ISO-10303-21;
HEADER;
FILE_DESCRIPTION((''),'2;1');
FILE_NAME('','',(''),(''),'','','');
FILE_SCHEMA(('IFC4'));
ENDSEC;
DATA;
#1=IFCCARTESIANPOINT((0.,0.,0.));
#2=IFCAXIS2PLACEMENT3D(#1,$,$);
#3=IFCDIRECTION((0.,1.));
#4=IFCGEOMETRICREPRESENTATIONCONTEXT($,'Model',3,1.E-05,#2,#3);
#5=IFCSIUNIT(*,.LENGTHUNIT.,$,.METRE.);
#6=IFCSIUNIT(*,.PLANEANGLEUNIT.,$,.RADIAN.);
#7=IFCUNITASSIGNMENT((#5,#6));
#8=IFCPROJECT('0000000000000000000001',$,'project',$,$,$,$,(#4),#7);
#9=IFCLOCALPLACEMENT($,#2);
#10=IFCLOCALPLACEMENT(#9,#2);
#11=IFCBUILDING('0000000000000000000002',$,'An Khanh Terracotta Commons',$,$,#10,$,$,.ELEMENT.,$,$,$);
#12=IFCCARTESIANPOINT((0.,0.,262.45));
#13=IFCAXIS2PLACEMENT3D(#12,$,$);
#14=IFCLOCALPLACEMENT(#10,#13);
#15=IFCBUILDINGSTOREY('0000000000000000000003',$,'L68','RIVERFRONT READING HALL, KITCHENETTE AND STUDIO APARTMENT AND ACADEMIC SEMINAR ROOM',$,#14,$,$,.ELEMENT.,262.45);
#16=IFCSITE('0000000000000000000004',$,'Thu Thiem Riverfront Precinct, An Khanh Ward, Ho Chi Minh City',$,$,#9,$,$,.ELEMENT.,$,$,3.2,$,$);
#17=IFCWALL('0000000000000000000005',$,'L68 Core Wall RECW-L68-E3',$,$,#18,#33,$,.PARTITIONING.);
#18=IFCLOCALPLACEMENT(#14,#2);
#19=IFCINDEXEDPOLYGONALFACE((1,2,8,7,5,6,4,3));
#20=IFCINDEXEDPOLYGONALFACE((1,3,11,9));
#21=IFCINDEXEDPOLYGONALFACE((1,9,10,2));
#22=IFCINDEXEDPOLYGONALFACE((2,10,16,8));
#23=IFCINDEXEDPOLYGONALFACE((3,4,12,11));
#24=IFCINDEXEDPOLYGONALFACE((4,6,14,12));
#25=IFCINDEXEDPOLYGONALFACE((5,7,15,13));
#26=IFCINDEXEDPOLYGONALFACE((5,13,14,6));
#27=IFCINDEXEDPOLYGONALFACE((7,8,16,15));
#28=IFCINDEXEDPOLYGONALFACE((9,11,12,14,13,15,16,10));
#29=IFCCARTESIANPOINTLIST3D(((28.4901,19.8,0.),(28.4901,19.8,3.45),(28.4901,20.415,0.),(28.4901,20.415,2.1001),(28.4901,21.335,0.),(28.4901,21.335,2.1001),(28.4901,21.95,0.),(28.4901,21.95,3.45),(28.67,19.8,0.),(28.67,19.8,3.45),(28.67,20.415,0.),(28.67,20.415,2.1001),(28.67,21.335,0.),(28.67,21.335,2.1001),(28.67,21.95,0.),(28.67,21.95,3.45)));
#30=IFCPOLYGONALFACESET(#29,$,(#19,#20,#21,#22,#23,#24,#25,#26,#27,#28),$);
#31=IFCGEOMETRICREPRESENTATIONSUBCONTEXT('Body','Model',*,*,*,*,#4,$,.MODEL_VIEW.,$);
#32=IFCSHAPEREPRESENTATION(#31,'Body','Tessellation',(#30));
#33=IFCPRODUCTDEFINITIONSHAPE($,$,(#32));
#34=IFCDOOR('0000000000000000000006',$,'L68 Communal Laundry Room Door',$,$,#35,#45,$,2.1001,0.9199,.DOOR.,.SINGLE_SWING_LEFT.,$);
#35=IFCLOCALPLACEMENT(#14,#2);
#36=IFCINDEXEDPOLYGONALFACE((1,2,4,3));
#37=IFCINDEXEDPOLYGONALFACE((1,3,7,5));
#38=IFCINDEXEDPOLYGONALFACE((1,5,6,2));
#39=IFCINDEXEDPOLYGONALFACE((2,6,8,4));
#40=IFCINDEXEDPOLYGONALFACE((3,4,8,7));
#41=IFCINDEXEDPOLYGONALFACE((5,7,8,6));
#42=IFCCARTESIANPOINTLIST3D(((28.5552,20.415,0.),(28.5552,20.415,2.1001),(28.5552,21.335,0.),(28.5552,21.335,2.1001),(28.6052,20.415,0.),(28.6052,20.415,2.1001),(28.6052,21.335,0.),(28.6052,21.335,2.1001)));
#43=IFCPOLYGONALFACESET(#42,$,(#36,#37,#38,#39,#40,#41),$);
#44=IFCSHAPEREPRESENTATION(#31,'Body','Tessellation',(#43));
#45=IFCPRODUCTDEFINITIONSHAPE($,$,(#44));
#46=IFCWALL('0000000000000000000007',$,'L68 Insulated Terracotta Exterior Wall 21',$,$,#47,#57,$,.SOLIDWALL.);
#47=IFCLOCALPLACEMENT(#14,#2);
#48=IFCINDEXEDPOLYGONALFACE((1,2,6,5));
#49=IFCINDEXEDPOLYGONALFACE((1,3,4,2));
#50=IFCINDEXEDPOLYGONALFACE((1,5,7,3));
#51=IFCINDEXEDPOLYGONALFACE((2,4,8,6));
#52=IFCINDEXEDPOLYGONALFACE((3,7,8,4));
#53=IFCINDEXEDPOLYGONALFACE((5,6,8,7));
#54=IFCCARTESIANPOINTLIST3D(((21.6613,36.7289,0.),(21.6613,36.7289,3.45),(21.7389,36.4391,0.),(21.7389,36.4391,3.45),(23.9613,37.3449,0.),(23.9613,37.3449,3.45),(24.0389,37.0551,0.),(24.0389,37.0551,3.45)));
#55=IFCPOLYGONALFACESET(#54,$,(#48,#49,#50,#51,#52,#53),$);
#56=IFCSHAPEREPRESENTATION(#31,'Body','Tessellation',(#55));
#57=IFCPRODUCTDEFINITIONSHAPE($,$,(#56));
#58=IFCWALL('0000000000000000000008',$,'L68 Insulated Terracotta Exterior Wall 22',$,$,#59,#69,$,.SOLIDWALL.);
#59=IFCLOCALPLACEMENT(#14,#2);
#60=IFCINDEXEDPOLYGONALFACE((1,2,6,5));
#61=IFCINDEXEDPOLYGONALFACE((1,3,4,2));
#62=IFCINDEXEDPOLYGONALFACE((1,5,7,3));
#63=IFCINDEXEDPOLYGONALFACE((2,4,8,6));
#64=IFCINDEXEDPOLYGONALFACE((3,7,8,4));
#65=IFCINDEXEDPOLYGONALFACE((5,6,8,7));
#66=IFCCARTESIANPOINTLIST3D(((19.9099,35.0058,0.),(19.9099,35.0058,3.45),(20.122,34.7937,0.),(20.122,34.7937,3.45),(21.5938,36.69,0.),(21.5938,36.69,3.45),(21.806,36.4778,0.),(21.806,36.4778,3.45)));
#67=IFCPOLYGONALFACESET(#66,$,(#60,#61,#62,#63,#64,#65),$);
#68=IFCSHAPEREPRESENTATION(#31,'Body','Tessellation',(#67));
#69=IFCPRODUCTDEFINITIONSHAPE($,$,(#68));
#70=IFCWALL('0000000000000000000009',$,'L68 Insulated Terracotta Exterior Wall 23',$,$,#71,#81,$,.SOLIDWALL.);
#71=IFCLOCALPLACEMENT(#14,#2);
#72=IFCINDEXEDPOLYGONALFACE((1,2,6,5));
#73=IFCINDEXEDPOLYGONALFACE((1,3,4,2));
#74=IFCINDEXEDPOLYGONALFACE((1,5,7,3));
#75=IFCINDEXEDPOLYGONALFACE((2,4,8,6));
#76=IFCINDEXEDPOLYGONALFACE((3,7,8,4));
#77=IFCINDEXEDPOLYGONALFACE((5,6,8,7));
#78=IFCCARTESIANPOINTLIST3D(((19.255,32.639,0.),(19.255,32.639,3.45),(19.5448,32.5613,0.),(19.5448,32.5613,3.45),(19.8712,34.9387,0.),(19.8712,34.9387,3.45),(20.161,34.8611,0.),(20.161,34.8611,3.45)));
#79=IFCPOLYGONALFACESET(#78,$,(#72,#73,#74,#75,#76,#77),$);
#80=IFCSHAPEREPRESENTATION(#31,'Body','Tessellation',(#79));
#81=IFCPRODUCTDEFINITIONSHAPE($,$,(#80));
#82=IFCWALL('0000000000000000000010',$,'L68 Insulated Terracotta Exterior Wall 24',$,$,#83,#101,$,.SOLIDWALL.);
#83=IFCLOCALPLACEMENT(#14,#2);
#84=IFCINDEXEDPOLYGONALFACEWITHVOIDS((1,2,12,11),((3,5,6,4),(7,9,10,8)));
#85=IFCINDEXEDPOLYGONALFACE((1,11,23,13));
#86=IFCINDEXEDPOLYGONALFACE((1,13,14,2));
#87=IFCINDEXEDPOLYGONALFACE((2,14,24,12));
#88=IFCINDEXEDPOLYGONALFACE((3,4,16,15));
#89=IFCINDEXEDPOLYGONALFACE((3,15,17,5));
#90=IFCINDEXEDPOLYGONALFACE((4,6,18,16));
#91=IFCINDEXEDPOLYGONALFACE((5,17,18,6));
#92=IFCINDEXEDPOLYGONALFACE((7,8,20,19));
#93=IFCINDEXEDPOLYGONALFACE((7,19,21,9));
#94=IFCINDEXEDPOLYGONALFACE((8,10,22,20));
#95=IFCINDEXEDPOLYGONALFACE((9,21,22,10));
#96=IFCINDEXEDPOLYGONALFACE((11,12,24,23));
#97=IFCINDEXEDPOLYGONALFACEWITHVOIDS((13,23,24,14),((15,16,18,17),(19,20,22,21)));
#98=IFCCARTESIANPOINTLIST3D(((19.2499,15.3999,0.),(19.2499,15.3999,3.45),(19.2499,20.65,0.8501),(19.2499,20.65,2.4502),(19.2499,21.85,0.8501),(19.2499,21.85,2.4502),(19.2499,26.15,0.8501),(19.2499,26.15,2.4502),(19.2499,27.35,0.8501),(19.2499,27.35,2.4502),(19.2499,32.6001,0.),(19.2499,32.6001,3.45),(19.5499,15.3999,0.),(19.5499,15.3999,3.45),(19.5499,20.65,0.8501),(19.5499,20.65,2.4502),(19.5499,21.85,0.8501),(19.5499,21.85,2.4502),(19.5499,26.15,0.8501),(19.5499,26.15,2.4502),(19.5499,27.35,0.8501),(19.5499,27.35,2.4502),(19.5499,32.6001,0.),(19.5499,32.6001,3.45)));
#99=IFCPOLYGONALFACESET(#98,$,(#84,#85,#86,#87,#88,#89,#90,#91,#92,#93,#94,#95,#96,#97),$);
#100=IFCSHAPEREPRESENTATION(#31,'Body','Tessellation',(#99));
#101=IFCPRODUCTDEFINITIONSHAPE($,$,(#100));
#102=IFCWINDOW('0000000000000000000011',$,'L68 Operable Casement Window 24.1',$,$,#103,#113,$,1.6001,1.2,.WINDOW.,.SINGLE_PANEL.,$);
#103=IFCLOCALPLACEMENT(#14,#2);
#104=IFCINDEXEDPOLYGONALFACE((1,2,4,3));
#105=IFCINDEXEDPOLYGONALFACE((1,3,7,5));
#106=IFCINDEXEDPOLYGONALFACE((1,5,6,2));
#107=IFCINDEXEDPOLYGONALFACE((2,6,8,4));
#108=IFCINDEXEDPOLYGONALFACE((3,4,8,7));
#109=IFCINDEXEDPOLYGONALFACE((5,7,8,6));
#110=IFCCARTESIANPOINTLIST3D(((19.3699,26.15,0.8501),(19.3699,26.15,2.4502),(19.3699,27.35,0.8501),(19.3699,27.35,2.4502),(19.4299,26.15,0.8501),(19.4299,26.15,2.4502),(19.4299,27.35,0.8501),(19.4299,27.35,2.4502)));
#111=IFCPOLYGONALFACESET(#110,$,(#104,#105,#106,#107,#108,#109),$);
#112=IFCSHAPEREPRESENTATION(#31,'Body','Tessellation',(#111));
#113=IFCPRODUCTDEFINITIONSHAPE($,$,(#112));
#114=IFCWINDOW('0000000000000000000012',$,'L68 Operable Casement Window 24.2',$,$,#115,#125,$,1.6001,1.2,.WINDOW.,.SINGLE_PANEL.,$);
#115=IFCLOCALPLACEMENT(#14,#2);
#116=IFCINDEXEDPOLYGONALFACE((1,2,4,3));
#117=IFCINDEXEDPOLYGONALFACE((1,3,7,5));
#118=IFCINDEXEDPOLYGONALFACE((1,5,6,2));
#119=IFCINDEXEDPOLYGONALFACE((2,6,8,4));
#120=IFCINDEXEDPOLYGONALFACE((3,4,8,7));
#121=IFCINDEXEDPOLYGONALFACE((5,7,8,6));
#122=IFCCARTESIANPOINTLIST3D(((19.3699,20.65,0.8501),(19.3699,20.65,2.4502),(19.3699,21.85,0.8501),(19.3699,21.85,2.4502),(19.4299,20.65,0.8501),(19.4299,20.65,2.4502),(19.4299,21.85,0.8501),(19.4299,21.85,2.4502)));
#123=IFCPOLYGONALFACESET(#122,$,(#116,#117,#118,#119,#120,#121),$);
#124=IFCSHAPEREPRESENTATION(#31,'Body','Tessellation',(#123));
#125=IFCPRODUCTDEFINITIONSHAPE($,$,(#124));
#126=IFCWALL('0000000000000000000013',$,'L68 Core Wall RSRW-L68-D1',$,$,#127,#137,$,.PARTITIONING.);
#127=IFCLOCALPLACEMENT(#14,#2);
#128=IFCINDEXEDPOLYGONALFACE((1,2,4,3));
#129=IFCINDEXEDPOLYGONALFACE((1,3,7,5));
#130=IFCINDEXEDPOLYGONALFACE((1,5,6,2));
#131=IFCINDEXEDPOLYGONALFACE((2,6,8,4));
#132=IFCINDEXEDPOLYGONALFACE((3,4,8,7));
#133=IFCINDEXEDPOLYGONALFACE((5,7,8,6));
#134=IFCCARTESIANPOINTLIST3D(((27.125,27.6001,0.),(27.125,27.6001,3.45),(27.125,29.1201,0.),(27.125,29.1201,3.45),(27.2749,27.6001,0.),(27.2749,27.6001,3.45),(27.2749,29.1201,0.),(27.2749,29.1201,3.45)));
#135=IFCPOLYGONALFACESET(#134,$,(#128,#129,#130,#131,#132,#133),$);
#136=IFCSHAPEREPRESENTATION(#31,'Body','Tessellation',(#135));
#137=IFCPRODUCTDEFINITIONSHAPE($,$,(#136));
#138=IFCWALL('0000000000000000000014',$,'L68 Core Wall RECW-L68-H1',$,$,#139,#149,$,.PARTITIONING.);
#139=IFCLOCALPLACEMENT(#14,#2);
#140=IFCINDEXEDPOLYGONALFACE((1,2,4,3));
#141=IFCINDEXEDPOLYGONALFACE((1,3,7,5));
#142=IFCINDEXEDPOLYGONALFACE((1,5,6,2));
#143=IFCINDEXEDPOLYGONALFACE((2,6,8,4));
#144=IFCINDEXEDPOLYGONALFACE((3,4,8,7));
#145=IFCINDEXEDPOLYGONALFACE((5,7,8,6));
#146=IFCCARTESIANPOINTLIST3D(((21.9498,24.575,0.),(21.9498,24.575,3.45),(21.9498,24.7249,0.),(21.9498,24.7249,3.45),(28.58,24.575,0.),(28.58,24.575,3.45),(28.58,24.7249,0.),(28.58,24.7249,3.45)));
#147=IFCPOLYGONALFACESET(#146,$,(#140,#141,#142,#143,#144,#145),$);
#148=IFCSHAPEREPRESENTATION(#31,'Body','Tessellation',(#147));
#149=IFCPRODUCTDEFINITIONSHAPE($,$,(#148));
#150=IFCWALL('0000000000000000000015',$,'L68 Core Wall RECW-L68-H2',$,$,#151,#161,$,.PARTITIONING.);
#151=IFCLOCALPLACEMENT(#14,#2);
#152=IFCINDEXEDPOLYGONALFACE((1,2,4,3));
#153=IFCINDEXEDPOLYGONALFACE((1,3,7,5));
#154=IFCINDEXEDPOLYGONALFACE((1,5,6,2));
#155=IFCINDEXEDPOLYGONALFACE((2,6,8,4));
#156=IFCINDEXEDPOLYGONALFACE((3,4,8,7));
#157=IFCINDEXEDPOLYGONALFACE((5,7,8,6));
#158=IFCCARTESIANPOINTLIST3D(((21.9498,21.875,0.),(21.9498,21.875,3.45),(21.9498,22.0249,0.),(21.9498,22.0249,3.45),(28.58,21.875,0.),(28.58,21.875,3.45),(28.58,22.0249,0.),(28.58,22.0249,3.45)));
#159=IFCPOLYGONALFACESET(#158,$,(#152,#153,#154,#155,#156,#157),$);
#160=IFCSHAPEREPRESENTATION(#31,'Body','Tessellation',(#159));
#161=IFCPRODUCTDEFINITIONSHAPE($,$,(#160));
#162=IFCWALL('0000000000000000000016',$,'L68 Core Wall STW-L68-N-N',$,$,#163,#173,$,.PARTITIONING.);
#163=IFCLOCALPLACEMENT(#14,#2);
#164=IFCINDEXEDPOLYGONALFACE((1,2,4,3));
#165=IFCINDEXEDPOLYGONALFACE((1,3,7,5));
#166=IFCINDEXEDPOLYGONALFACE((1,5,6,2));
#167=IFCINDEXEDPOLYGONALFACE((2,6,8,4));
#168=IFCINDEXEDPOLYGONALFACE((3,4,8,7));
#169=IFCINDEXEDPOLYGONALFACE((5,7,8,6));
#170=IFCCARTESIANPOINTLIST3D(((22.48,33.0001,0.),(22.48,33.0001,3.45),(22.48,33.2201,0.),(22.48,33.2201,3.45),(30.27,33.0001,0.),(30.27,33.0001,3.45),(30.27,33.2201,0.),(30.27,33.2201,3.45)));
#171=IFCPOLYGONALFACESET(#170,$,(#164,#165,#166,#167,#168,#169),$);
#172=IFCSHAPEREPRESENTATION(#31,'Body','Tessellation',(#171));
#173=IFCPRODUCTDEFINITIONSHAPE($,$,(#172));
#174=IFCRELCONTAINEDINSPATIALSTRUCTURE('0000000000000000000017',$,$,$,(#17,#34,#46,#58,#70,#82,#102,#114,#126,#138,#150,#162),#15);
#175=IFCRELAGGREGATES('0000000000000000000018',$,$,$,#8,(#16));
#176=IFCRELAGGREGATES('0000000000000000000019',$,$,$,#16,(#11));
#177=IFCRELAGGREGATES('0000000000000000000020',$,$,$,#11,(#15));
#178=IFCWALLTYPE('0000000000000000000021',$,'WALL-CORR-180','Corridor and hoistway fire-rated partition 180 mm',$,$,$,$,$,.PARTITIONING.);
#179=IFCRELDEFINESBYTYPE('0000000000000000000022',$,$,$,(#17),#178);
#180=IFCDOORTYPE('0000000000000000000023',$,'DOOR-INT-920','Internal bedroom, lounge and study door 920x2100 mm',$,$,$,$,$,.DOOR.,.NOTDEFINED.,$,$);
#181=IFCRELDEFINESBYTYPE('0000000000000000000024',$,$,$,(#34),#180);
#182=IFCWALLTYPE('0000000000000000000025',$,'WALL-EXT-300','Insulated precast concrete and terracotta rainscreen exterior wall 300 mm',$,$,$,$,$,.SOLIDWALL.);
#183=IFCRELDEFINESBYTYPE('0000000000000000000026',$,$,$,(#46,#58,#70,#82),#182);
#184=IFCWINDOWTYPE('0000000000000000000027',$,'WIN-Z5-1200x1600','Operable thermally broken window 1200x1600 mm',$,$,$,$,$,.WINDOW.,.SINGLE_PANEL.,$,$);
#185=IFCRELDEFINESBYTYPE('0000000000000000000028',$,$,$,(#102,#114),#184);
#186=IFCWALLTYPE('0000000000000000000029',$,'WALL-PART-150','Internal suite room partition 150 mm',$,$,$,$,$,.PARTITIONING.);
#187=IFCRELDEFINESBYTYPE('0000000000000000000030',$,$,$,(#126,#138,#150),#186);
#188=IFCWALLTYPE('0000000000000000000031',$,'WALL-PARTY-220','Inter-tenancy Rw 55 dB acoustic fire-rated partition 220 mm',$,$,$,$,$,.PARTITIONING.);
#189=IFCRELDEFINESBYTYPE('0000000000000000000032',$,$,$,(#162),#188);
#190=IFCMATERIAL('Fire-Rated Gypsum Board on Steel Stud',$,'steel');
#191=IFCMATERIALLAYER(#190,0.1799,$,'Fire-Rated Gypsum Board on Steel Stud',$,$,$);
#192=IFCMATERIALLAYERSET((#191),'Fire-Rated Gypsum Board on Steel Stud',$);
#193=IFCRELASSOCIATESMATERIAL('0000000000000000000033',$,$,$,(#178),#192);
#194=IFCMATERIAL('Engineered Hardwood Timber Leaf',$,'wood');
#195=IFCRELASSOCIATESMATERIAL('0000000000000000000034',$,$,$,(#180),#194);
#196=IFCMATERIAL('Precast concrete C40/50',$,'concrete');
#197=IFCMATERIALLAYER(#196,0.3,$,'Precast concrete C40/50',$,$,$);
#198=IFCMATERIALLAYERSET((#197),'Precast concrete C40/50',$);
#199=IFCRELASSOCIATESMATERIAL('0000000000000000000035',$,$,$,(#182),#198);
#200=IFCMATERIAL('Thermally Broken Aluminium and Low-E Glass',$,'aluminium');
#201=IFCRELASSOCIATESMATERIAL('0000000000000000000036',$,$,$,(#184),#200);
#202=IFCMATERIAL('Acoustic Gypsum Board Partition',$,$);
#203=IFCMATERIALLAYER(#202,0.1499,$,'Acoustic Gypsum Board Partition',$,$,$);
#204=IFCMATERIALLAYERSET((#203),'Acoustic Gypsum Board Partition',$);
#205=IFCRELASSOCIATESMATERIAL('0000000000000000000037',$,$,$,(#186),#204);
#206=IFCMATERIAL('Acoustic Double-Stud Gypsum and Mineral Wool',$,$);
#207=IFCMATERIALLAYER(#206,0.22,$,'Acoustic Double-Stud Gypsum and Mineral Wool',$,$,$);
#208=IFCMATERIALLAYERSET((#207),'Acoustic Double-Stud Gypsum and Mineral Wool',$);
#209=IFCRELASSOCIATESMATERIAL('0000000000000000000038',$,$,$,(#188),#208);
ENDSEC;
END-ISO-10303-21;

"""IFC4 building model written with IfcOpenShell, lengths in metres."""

from ifc_helpers import new_model, si_unit, direction, frame, frame_2d, origin, place, context, subcontext, project, spatial, rectangle, extrude, material, layer, layer_set, type_object, element, fill, save


model = new_model("IFC4")

# Units and contexts
model_context = context("Model", 3, precision=1e-05, world=origin(), true_north=direction((0.0, 1.0)))
body_context = subcontext(model_context, "Body", "Model", "MODEL_VIEW")
ifc_project = project(units=[si_unit("LENGTHUNIT", "METRE"), si_unit("PLANEANGLEUNIT", "RADIAN")], contexts=[model_context])

# Site, building, storey
site_placement = place(None, origin())
site = spatial("IfcSite", under=ifc_project, at=site_placement, Name="Thu Thiem Riverfront Precinct, An Khanh Ward, Ho Chi Minh City", CompositionType="ELEMENT", RefElevation=3.2)
building_placement = place(site_placement, origin())
building = spatial("IfcBuilding", under=site, at=building_placement, Name="An Khanh Terracotta Commons", CompositionType="ELEMENT")
storey_placement = place(building_placement, frame((0.0, 0.0, 262.45)))
storey = spatial("IfcBuildingStorey", under=building, at=storey_placement, Name="L68", Description="RIVERFRONT READING HALL, KITCHENETTE AND STUDIO APARTMENT AND ACADEMIC SEMINAR ROOM", CompositionType="ELEMENT", Elevation=262.45)

# Shared definitions
ifc_material_1 = material(Name="Fire-Rated Gypsum Board on Steel Stud", Category="steel")
ifc_layer_1 = layer(ifc_material_1, 0.1799, Name="Fire-Rated Gypsum Board on Steel Stud")
ifc_layer_set_1 = layer_set([ifc_layer_1], Name="Fire-Rated Gypsum Board on Steel Stud")
wall_type_1 = type_object("IfcWallType", Name="WALL-CORR-180", Description="Corridor and hoistway fire-rated partition 180 mm", PredefinedType="PARTITIONING", material=ifc_layer_set_1)

# Wall, opening, door
ifc_material_2 = material(Name="Engineered Hardwood Timber Leaf", Category="wood")
door_type = type_object("IfcDoorType", Name="DOOR-INT-920", Description="Internal bedroom, lounge and study door 920x2100 mm", OperationType="NOTDEFINED", PredefinedType="DOOR", material=ifc_material_2)
wall_1_placement = place(storey_placement, frame((28.5801, 19.8, 0.0), z_axis=(0.0, 0.0, 1.0), x_axis=(0.0, 1.0, 0.0)))
wall_1 = element("IfcWall", 1, at=wall_1_placement, inside=storey, type_object=wall_type_1, Name="L68 Core Wall RECW-L68-E3", PredefinedType="PARTITIONING", context=body_context, shape_type="SweptSolid", body=[
    extrude(rectangle(XDim=2.1499, YDim=0.1799, at=frame_2d((1.075, 0.0))), origin(), (0.0, 0.0, 1.0), 3.45),
])
opening_1_placement = place(wall_1_placement, frame((0.615, 0.0, 0.0)))
opening_1 = element("IfcOpeningElement", 2, at=opening_1_placement, cuts=wall_1, PredefinedType="OPENING", context=body_context, shape_type="SweptSolid", body=[
    extrude(rectangle(XDim=0.9199, YDim=2.1001, at=frame_2d((0.46, 1.05))), frame((0.0, 0.0999, 0.0), z_axis=(0.0, -1.0, 0.0), x_axis=(1.0, 0.0, 0.0)), (0.0, 0.0, 1.0), 0.2),
])
door_1_placement = place(opening_1_placement, origin())
door_1 = element("IfcDoor", 3, at=door_1_placement, inside=storey, type_object=door_type, Name="L68 Communal Laundry Room Door", OperationType="SINGLE_SWING_LEFT", OverallHeight=2.1001, OverallWidth=0.9199, PredefinedType="DOOR", context=body_context, shape_type="SweptSolid", body=[
    extrude(rectangle(XDim=0.9199, YDim=2.1001, at=frame_2d((0.46, 1.05))), frame((0.0, 0.0249, 0.0), z_axis=(0.0, -1.0, 0.0), x_axis=(1.0, 0.0, 0.0)), (0.0, 0.0, 1.0), 0.05),
])
fill(opening_1, door_1)

# Walls
ifc_material_3 = material(Name="Precast concrete C40/50", Category="concrete")
ifc_layer_2 = layer(ifc_material_3, 0.3, Name="Precast concrete C40/50")
ifc_layer_set_2 = layer_set([ifc_layer_2], Name="Precast concrete C40/50")
wall_type_2 = type_object("IfcWallType", Name="WALL-EXT-300", Description="Insulated precast concrete and terracotta rainscreen exterior wall 300 mm", PredefinedType="SOLIDWALL", material=ifc_layer_set_2)
wall_2_placement = place(storey_placement, frame((24.0, 37.2, 0.0), z_axis=(0.0, 0.0, 1.0), x_axis=(-0.96596, -0.25869, 0.0)))
element("IfcWall", 4, at=wall_2_placement, inside=storey, type_object=wall_type_2, Name="L68 Insulated Terracotta Exterior Wall 21", PredefinedType="SOLIDWALL", context=body_context, shape_type="SweptSolid", body=[
    extrude(rectangle(XDim=2.3811, YDim=0.3, at=frame_2d((1.1904, 0.0))), origin(), (0.0, 0.0, 1.0), 3.45),
])
wall_3_placement = place(storey_placement, frame((21.7, 36.584, 0.0), z_axis=(0.0, 0.0, 1.0), x_axis=(-0.707056, -0.707158, 0.0)))
element("IfcWall", 5, at=wall_3_placement, inside=storey, type_object=wall_type_2, Name="L68 Insulated Terracotta Exterior Wall 22", PredefinedType="SOLIDWALL", context=body_context, shape_type="SweptSolid", body=[
    extrude(rectangle(XDim=2.3816, YDim=0.3, at=frame_2d((1.1909, 0.0))), origin(), (0.0, 0.0, 1.0), 3.45),
])
wall_4_placement = place(storey_placement, frame((20.0161, 34.8999, 0.0), z_axis=(0.0, 0.0, 1.0), x_axis=(-0.258811, -0.965928, 0.0)))
element("IfcWall", 6, at=wall_4_placement, inside=storey, type_object=wall_type_2, Name="L68 Insulated Terracotta Exterior Wall 23", PredefinedType="SOLIDWALL", context=body_context, shape_type="SweptSolid", body=[
    extrude(rectangle(XDim=2.3809, YDim=0.3, at=frame_2d((1.1904, 0.0))), origin(), (0.0, 0.0, 1.0), 3.45),
])

# Wall, openings, windows
wall_5_placement = place(storey_placement, frame((19.3999, 32.6001, 0.0), z_axis=(0.0, 0.0, 1.0), x_axis=(0.0, -1.0, 0.0)))
wall_5 = element("IfcWall", 7, at=wall_5_placement, inside=storey, type_object=wall_type_2, Name="L68 Insulated Terracotta Exterior Wall 24", PredefinedType="SOLIDWALL", context=body_context, shape_type="SweptSolid", body=[
    extrude(rectangle(XDim=17.2002, YDim=0.3, at=frame_2d((8.6001, 0.0))), origin(), (0.0, 0.0, 1.0), 3.45),
])
opening_2_placement = place(wall_5_placement, frame((5.25, 0.0, 0.8501)))
opening_2 = element("IfcOpeningElement", 8, at=opening_2_placement, cuts=wall_5, PredefinedType="OPENING", context=body_context, shape_type="SweptSolid", body=[
    extrude(rectangle(XDim=1.2, YDim=1.6001, at=frame_2d((0.6001, 0.8))), frame((0.0, 0.1599, 0.0), z_axis=(0.0, -1.0, 0.0), x_axis=(1.0, 0.0, 0.0)), (0.0, 0.0, 1.0), 0.3201),
])
opening_3_placement = place(wall_5_placement, frame((10.75, 0.0, 0.8501)))
opening_3 = element("IfcOpeningElement", 9, at=opening_3_placement, cuts=wall_5, PredefinedType="OPENING", context=body_context, shape_type="SweptSolid", body=[
    extrude(rectangle(XDim=1.2, YDim=1.6001, at=frame_2d((0.6001, 0.8))), frame((0.0, 0.1599, 0.0), z_axis=(0.0, -1.0, 0.0), x_axis=(1.0, 0.0, 0.0)), (0.0, 0.0, 1.0), 0.3201),
])
ifc_material_4 = material(Name="Thermally Broken Aluminium and Low-E Glass", Category="aluminium")
window_type = type_object("IfcWindowType", Name="WIN-Z5-1200x1600", Description="Operable thermally broken window 1200x1600 mm", PartitioningType="SINGLE_PANEL", PredefinedType="WINDOW", material=ifc_material_4)
window_1_placement = place(opening_2_placement, origin())
window_1 = element("IfcWindow", 10, at=window_1_placement, inside=storey, type_object=window_type, Name="L68 Operable Casement Window 24.1", OverallHeight=1.6001, OverallWidth=1.2, PartitioningType="SINGLE_PANEL", PredefinedType="WINDOW", context=body_context, shape_type="SweptSolid", body=[
    extrude(rectangle(XDim=1.2, YDim=1.6001, at=frame_2d((0.6001, 0.8))), frame((0.0, 0.03, 0.0), z_axis=(0.0, -1.0, 0.0), x_axis=(1.0, 0.0, 0.0)), (0.0, 0.0, 1.0), 0.0601),
])
fill(opening_2, window_1)
window_2_placement = place(opening_3_placement, origin())
window_2 = element("IfcWindow", 11, at=window_2_placement, inside=storey, type_object=window_type, Name="L68 Operable Casement Window 24.2", OverallHeight=1.6001, OverallWidth=1.2, PartitioningType="SINGLE_PANEL", PredefinedType="WINDOW", context=body_context, shape_type="SweptSolid", body=[
    extrude(rectangle(XDim=1.2, YDim=1.6001, at=frame_2d((0.6001, 0.8))), frame((0.0, 0.03, 0.0), z_axis=(0.0, -1.0, 0.0), x_axis=(1.0, 0.0, 0.0)), (0.0, 0.0, 1.0), 0.0601),
])
fill(opening_3, window_2)

# Walls
ifc_material_5 = material(Name="Acoustic Gypsum Board Partition")
ifc_layer_3 = layer(ifc_material_5, 0.1499, Name="Acoustic Gypsum Board Partition")
ifc_layer_set_3 = layer_set([ifc_layer_3], Name="Acoustic Gypsum Board Partition")
wall_type_3 = type_object("IfcWallType", Name="WALL-PART-150", Description="Internal suite room partition 150 mm", PredefinedType="PARTITIONING", material=ifc_layer_set_3)
wall_6_placement = place(storey_placement, frame((27.2, 27.6001, 0.0), z_axis=(0.0, 0.0, 1.0), x_axis=(0.0, 1.0, 0.0)))
element("IfcWall", 12, at=wall_6_placement, inside=storey, type_object=wall_type_3, Name="L68 Core Wall RSRW-L68-D1", PredefinedType="PARTITIONING", context=body_context, shape_type="SweptSolid", body=[
    extrude(rectangle(XDim=1.52, YDim=0.1499, at=frame_2d((0.76, 0.0))), origin(), (0.0, 0.0, 1.0), 3.45),
])
for number, where, z_axis, x_axis, name in (
    (13, (21.95, 24.6499, 0.0), (0.0, 0.0, 1.0), (1.0, 0.0, 0.0), "L68 Core Wall RECW-L68-H1"),
    (14, (21.95, 21.95, 0.0), (0.0, 0.0, 1.0), (1.0, 0.0, 0.0), "L68 Core Wall RECW-L68-H2"),
):
    element("IfcWall", number, at=place(storey_placement, frame(where, z_axis=z_axis, x_axis=x_axis)), inside=storey, type_object=wall_type_3, Name=name, PredefinedType="PARTITIONING", context=body_context, shape_type="SweptSolid", body=[
        extrude(rectangle(XDim=6.6301, YDim=0.1499, at=frame_2d((3.3149, 0.0))), origin(), (0.0, 0.0, 1.0), 3.45),
    ])
ifc_material_6 = material(Name="Acoustic Double-Stud Gypsum and Mineral Wool")
ifc_layer_4 = layer(ifc_material_6, 0.22, Name="Acoustic Double-Stud Gypsum and Mineral Wool")
ifc_layer_set_4 = layer_set([ifc_layer_4], Name="Acoustic Double-Stud Gypsum and Mineral Wool")
wall_type_4 = type_object("IfcWallType", Name="WALL-PARTY-220", Description="Inter-tenancy Rw 55 dB acoustic fire-rated partition 220 mm", PredefinedType="PARTITIONING", material=ifc_layer_set_4)
wall_7_placement = place(storey_placement, frame((22.48, 33.1101, 0.0), z_axis=(0.0, 0.0, 1.0), x_axis=(1.0, 0.0, 0.0)))
element("IfcWall", 15, at=wall_7_placement, inside=storey, type_object=wall_type_4, Name="L68 Core Wall STW-L68-N-N", PredefinedType="PARTITIONING", context=body_context, shape_type="SweptSolid", body=[
    extrude(rectangle(XDim=7.79, YDim=0.22, at=frame_2d((3.895, 0.0))), origin(), (0.0, 0.0, 1.0), 3.45),
])

save(model, "model.ifc")
